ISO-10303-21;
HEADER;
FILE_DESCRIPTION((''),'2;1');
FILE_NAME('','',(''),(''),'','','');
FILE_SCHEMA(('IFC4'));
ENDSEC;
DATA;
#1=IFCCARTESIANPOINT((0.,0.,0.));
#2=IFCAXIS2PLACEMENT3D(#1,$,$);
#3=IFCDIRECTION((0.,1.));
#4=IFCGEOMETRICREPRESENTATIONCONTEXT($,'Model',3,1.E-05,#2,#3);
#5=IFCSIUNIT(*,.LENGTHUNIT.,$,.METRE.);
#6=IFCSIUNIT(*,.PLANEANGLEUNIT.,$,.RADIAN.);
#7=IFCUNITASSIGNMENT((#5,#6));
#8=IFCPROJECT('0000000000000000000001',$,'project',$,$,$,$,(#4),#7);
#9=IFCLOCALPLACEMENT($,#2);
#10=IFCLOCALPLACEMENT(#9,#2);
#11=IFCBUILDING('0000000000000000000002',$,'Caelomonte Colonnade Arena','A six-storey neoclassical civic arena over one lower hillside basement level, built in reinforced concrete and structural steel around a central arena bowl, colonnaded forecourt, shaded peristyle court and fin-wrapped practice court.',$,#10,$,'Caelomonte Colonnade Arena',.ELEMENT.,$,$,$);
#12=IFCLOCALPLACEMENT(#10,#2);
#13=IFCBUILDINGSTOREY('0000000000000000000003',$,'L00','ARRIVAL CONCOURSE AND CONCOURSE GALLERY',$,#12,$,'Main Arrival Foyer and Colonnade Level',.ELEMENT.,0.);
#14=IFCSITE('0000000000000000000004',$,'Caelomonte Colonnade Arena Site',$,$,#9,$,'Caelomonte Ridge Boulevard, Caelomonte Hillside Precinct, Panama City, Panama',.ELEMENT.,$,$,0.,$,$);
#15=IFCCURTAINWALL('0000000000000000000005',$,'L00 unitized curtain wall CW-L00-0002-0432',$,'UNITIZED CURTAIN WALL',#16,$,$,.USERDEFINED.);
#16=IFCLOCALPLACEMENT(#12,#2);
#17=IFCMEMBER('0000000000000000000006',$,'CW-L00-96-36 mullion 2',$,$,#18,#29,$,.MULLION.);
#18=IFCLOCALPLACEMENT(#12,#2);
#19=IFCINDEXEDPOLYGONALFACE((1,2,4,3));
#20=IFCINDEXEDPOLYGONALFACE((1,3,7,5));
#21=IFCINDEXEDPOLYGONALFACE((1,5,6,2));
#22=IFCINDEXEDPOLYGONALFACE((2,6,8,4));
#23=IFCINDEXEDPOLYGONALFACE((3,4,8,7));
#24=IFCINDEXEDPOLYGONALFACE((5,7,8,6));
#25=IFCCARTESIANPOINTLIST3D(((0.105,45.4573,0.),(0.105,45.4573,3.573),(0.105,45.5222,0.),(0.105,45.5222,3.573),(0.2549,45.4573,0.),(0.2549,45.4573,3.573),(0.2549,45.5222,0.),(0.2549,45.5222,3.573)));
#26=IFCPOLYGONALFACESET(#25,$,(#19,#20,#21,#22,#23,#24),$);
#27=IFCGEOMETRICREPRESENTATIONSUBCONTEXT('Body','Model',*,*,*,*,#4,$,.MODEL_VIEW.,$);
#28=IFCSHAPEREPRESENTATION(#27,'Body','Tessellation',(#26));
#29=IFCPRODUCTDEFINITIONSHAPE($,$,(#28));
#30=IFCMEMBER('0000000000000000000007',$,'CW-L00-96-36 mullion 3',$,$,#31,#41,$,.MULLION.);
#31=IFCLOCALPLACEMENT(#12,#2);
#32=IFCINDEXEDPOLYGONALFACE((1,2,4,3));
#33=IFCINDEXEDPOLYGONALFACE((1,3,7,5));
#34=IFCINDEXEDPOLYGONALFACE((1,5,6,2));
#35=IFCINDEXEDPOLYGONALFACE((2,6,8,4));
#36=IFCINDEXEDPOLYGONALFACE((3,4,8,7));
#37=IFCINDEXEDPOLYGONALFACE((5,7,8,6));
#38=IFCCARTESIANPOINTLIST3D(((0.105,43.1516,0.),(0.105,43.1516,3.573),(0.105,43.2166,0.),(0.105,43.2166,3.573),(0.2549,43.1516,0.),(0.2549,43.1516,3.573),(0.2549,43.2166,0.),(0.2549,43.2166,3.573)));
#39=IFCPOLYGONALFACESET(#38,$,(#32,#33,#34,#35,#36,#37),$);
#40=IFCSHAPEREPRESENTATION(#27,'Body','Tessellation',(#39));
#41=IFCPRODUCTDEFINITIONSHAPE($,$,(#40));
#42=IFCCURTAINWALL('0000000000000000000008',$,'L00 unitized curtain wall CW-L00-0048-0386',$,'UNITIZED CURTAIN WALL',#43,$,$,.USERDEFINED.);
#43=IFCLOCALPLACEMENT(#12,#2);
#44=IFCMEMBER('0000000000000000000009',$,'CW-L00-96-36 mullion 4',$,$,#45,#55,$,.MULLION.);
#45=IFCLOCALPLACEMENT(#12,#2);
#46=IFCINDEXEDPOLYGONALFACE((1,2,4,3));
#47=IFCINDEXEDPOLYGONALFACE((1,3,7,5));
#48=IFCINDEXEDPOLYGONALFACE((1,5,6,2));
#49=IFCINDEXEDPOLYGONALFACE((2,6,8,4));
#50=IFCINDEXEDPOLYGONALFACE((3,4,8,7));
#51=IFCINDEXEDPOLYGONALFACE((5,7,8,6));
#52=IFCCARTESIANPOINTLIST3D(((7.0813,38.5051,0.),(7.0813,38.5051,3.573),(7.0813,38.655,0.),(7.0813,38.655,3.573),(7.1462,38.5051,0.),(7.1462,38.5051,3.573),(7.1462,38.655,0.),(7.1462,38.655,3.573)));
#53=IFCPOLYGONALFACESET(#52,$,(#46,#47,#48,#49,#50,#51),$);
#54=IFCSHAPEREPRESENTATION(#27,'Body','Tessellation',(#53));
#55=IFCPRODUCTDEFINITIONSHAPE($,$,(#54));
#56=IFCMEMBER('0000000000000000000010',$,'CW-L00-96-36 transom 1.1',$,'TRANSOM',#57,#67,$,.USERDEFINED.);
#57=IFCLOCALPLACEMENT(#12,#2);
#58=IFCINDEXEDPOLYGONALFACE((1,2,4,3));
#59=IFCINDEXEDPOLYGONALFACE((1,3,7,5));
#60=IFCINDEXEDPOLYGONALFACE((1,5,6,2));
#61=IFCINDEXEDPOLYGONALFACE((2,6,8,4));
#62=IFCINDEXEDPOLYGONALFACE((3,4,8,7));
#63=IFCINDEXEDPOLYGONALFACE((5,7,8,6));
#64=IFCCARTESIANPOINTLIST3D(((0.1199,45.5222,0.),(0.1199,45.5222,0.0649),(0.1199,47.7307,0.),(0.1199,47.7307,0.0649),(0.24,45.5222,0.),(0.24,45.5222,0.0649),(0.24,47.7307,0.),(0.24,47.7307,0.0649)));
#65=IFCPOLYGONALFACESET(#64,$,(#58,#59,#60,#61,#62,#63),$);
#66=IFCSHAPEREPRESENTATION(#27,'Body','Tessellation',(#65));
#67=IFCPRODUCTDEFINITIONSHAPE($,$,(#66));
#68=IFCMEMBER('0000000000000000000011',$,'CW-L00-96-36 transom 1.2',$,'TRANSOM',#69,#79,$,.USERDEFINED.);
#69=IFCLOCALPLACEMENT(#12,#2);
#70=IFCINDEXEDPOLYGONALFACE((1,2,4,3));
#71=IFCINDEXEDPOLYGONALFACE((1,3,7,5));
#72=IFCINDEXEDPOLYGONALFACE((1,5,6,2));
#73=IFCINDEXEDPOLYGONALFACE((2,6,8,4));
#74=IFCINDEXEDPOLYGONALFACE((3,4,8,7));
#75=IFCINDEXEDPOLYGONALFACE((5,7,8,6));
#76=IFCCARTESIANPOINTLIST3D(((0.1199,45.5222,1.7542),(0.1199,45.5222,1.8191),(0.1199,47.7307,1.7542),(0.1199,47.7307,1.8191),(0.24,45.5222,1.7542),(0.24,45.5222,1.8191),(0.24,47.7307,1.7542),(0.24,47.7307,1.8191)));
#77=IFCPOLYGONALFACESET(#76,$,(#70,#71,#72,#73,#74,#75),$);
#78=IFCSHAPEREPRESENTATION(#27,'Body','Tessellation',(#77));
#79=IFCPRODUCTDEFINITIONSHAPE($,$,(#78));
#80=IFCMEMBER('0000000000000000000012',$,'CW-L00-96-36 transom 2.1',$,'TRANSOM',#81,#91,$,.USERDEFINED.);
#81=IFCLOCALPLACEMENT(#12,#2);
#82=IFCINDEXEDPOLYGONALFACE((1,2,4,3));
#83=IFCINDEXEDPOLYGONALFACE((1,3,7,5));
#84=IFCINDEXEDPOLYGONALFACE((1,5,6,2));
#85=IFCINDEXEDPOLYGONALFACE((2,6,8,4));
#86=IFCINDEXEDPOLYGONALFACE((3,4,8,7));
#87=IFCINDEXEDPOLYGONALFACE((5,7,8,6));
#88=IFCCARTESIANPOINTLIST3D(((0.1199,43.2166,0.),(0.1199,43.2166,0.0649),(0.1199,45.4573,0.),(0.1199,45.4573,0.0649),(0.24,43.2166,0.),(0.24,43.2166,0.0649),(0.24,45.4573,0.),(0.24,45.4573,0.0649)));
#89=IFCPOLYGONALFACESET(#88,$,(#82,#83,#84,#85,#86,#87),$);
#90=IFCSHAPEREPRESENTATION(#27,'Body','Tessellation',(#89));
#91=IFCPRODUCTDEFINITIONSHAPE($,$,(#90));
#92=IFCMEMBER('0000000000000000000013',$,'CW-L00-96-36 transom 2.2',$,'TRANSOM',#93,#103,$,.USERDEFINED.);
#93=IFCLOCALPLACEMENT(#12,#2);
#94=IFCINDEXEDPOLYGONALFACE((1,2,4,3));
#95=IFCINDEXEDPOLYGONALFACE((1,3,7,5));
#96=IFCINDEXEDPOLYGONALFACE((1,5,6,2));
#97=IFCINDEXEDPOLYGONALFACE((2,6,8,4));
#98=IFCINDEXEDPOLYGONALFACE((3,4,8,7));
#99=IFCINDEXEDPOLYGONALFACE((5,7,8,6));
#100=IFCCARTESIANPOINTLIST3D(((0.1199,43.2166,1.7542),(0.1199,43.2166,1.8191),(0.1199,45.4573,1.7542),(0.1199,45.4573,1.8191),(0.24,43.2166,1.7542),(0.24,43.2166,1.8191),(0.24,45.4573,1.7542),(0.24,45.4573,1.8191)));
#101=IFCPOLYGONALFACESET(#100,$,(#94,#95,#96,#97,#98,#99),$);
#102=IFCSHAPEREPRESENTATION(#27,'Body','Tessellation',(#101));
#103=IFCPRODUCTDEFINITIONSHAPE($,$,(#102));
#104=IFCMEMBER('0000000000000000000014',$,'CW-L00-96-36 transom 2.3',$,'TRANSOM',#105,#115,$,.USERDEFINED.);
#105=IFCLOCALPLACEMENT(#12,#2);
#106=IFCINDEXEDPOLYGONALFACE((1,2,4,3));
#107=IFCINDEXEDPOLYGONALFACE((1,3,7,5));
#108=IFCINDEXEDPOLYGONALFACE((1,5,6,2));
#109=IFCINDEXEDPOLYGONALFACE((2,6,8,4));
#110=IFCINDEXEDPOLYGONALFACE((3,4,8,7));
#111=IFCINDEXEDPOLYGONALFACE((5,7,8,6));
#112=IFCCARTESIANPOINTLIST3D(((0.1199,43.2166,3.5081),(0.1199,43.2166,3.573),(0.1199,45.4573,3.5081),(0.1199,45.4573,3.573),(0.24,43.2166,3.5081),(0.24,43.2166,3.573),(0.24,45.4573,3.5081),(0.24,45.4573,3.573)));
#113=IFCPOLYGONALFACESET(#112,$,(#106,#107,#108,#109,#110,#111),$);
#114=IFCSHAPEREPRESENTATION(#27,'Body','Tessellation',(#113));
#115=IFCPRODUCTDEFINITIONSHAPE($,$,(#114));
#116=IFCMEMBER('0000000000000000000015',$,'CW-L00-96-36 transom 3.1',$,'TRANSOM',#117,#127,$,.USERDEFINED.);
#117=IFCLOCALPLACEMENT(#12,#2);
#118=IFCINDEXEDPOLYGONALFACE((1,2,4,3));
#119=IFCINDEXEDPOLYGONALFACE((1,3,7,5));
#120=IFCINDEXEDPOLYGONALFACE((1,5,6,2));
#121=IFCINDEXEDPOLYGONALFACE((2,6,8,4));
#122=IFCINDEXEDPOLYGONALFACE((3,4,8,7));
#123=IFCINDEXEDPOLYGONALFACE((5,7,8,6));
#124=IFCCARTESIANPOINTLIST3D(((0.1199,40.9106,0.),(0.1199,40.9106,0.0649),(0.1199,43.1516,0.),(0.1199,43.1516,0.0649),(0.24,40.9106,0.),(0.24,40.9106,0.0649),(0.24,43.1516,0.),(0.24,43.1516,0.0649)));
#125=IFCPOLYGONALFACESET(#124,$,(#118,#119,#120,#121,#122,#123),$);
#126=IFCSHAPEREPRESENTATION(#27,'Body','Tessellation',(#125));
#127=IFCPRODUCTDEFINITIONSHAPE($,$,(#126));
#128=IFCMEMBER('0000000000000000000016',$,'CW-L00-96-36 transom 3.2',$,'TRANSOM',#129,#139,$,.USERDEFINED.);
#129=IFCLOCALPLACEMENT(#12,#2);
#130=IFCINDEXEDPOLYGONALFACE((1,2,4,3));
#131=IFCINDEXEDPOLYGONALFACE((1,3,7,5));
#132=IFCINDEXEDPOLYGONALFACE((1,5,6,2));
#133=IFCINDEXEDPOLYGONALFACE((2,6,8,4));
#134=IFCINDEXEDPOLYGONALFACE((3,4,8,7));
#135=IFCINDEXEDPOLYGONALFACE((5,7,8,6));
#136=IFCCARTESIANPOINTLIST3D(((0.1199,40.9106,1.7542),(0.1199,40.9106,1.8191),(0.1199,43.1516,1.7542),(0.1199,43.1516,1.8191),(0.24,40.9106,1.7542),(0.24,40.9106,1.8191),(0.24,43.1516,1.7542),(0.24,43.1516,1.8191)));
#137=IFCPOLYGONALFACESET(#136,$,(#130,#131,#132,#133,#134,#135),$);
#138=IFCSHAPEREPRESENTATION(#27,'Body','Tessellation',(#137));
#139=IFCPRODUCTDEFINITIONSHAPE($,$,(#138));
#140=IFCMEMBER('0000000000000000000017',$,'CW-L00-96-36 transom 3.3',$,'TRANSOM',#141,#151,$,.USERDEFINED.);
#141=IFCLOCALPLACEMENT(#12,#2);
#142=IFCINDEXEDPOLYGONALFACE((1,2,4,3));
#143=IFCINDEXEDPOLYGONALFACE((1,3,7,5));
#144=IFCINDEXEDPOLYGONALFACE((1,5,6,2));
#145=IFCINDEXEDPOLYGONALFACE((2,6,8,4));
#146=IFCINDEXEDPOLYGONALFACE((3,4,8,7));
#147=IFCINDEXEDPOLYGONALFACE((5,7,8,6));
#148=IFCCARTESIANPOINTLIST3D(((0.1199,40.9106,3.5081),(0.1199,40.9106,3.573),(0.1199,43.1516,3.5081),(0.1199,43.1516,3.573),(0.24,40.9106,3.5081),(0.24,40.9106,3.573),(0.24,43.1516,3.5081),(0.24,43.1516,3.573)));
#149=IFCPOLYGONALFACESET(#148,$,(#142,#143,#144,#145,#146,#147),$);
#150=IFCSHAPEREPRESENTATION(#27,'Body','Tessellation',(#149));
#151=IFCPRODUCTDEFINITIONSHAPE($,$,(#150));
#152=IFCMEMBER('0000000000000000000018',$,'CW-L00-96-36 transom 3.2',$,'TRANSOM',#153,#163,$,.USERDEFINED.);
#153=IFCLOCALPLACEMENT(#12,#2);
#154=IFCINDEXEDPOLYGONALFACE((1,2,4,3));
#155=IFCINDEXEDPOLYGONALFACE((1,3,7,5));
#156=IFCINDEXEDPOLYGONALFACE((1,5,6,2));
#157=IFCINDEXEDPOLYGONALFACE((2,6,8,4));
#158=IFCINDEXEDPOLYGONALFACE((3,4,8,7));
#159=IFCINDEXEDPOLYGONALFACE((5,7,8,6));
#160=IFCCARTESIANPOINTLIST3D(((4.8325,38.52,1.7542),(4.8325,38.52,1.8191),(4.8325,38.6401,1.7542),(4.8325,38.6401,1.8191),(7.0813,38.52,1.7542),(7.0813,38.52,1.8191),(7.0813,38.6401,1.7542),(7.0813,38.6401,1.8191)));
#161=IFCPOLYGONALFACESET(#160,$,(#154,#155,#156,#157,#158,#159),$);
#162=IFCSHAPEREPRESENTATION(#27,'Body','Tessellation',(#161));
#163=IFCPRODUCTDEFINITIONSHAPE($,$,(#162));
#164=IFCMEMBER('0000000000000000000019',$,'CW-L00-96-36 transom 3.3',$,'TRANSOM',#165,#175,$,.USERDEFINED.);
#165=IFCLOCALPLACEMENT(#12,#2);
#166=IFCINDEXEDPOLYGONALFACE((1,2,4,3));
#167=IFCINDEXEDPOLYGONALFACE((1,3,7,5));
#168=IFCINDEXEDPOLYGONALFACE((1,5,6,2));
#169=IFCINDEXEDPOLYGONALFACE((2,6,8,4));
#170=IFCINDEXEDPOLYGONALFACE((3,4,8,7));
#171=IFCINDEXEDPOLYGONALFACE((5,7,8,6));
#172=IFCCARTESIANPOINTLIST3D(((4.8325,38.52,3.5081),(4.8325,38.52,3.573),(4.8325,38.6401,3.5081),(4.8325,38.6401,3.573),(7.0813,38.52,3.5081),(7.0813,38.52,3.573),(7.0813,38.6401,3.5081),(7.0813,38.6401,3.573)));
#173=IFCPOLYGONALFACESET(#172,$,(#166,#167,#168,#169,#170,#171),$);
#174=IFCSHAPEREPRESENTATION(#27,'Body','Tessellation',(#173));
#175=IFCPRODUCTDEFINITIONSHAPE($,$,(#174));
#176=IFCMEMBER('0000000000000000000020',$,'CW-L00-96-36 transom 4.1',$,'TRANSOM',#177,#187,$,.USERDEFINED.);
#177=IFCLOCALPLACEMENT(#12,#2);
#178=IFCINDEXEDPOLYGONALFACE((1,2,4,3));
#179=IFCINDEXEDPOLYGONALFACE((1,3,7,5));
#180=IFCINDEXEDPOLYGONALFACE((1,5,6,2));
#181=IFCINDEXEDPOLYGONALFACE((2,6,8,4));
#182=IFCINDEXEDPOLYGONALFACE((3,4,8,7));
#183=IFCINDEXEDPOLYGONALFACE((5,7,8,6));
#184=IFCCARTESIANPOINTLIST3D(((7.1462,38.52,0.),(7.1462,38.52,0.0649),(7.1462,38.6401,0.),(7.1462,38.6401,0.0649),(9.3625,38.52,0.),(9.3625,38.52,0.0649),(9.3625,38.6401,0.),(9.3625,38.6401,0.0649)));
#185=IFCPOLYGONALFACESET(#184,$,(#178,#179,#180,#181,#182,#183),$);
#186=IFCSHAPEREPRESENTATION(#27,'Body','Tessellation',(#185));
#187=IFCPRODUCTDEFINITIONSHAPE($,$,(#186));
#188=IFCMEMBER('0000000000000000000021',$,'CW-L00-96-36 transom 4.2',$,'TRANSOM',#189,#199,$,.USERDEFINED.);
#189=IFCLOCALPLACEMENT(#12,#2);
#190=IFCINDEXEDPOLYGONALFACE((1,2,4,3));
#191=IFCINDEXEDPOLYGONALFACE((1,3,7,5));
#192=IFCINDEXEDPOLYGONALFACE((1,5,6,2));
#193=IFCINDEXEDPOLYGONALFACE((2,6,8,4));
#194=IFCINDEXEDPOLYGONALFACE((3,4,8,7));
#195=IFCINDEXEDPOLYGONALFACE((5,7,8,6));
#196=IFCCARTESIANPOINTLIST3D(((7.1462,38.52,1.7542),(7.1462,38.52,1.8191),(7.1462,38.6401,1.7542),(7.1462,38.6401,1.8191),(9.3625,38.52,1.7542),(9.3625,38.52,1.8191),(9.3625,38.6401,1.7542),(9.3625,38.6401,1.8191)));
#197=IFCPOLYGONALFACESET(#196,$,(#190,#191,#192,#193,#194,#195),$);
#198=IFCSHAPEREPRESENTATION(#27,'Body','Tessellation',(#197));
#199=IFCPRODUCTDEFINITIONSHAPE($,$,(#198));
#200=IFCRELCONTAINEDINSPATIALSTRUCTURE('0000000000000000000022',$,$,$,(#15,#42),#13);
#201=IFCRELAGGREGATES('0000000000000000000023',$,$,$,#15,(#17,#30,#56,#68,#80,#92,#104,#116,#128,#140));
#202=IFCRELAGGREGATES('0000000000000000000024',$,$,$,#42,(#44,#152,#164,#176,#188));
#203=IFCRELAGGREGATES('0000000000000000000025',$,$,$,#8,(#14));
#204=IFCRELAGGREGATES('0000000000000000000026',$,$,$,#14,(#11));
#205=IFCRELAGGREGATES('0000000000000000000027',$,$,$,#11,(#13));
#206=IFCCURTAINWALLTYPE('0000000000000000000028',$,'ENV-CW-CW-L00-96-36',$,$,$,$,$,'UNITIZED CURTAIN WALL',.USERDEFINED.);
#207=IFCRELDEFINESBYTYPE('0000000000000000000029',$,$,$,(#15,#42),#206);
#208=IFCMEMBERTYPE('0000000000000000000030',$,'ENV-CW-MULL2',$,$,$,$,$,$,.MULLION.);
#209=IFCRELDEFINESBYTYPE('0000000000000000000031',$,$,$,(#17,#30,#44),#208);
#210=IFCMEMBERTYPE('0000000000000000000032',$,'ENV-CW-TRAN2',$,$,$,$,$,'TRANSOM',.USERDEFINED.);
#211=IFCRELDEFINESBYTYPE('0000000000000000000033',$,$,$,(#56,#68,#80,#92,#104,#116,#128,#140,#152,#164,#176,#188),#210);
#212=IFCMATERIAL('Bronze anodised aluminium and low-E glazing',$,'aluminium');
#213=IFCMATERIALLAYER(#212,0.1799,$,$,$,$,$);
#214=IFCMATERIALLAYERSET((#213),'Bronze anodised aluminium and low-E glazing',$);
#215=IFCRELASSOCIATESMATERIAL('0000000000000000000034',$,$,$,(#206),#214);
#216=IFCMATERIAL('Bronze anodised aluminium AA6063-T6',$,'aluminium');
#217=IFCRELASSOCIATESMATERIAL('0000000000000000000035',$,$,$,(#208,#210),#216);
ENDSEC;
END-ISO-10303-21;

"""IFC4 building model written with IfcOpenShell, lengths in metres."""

from ifc_helpers import new_model, si_unit, direction, frame, origin, origin_2d, place, context, subcontext, project, spatial, rectangle, extrude, material, layer, layer_set, material_profile, profile_set, type_object, element, aggregate, save


model = new_model("IFC4")

# Units and contexts
model_context = context("Model", 3, precision=1e-05, world=origin(), true_north=direction((0.0, 1.0)))
body_context = subcontext(model_context, "Body", "Model", "MODEL_VIEW")
ifc_project = project(units=[si_unit("LENGTHUNIT", "METRE"), si_unit("PLANEANGLEUNIT", "RADIAN")], contexts=[model_context])

# Site, building, storey
site_placement = place(None, origin())
site = spatial("IfcSite", under=ifc_project, at=site_placement, Name="Caelomonte Colonnade Arena Site", LongName="Caelomonte Ridge Boulevard, Caelomonte Hillside Precinct, Panama City, Panama", CompositionType="ELEMENT", RefElevation=0.0)
building_placement = place(site_placement, origin())
building = spatial("IfcBuilding", under=site, at=building_placement, Name="Caelomonte Colonnade Arena", Description="A six-storey neoclassical civic arena over one lower hillside basement level, built in reinforced concrete and structural steel around a central arena bowl, colonnaded forecourt, shaded peristyle court and fin-wrapped practice court.", LongName="Caelomonte Colonnade Arena", CompositionType="ELEMENT")
storey_placement = place(building_placement, origin())
storey = spatial("IfcBuildingStorey", under=building, at=storey_placement, Name="L00", Description="ARRIVAL CONCOURSE AND CONCOURSE GALLERY", LongName="Main Arrival Foyer and Colonnade Level", CompositionType="ELEMENT", Elevation=0.0)

# Curtain wall, members
ifc_material_1 = material(Name="Bronze anodised aluminium and low-E glazing", Category="aluminium")
ifc_layer_1 = layer(ifc_material_1, 0.1799)
ifc_layer_set_1 = layer_set([ifc_layer_1], Name="Bronze anodised aluminium and low-E glazing")
curtain_wall_type = type_object("IfcCurtainWallType", Name="ENV-CW-CW-L00-96-36", ElementType="UNITIZED CURTAIN WALL", PredefinedType="USERDEFINED", material=ifc_layer_set_1)
curtain_wall_1_placement = place(storey_placement, origin())
curtain_wall_1 = element("IfcCurtainWall", 1, at=curtain_wall_1_placement, inside=storey, type_object=curtain_wall_type, Name="L00 unitized curtain wall CW-L00-0002-0432", ObjectType="UNITIZED CURTAIN WALL", PredefinedType="USERDEFINED")
ifc_material_2 = material(Name="Bronze anodised aluminium AA6063-T6", Category="aluminium")
ifc_material_profile_1 = material_profile(ifc_material_2, rectangle(XDim=0.0649, YDim=0.1499, at=origin_2d()), Name="CWM-65X150")
ifc_profile_set_1 = profile_set([ifc_material_profile_1], Name="Bronze anodised aluminium AA6063-T6")
member_type_1 = type_object("IfcMemberType", Name="ENV-CW-MULL2", PredefinedType="MULLION", material=ifc_profile_set_1)
member_1_placement = place(storey_placement, frame((0.1799, 45.4897, 0.0), z_axis=(0.0, 0.0, 1.0), x_axis=(0.0, -1.0, 0.0)))
member_1 = element("IfcMember", 2, at=member_1_placement, type_object=member_type_1, Name="CW-L00-96-36 mullion 2", PredefinedType="MULLION", context=body_context, shape_type="SweptSolid", body=[
    extrude(rectangle(XDim=0.0649, YDim=0.1499, at=origin_2d()), origin(), (0.0, 0.0, 1.0), 3.573),
])
member_2_placement = place(storey_placement, frame((0.1799, 43.1841, 0.0), z_axis=(0.0, 0.0, 1.0), x_axis=(0.0, -1.0, 0.0)))
member_2 = element("IfcMember", 3, at=member_2_placement, type_object=member_type_1, Name="CW-L00-96-36 mullion 3", PredefinedType="MULLION", context=body_context, shape_type="SweptSolid", body=[
    extrude(rectangle(XDim=0.0649, YDim=0.1499, at=origin_2d()), origin(), (0.0, 0.0, 1.0), 3.573),
])

# Curtain wall, member
curtain_wall_2_placement = place(storey_placement, origin())
curtain_wall_2 = element("IfcCurtainWall", 4, at=curtain_wall_2_placement, inside=storey, type_object=curtain_wall_type, Name="L00 unitized curtain wall CW-L00-0048-0386", ObjectType="UNITIZED CURTAIN WALL", PredefinedType="USERDEFINED")
member_3_placement = place(storey_placement, frame((7.1138, 38.5801, 0.0), z_axis=(0.0, 0.0, 1.0), x_axis=(1.0, 0.0, 0.0)))
member_3 = element("IfcMember", 5, at=member_3_placement, type_object=member_type_1, Name="CW-L00-96-36 mullion 4", PredefinedType="MULLION", context=body_context, shape_type="SweptSolid", body=[
    extrude(rectangle(XDim=0.0649, YDim=0.1499, at=origin_2d()), origin(), (0.0, 0.0, 1.0), 3.573),
])

# Members
ifc_material_profile_2 = material_profile(ifc_material_2, rectangle(XDim=0.0649, YDim=0.1201, at=origin_2d()), Name="CWT-65X120")
ifc_profile_set_2 = profile_set([ifc_material_profile_2], Name="Bronze anodised aluminium AA6063-T6")
member_type_2 = type_object("IfcMemberType", Name="ENV-CW-TRAN2", ElementType="TRANSOM", PredefinedType="USERDEFINED", material=ifc_profile_set_2)
member_4_placement = place(storey_placement, frame((0.1799, 47.7307, 0.0325), z_axis=(0.0, -1.0, 0.0), x_axis=(0.0, 0.0, 1.0)))
member_4 = element("IfcMember", 6, at=member_4_placement, type_object=member_type_2, Name="CW-L00-96-36 transom 1.1", ObjectType="TRANSOM", PredefinedType="USERDEFINED", context=body_context, shape_type="SweptSolid", body=[
    extrude(rectangle(XDim=0.0649, YDim=0.1201, at=origin_2d()), origin(), (0.0, 0.0, 1.0), 2.2085),
])
member_5_placement = place(storey_placement, frame((0.1799, 47.7307, 1.7866), z_axis=(0.0, -1.0, 0.0), x_axis=(0.0, 0.0, 1.0)))
member_5 = element("IfcMember", 7, at=member_5_placement, type_object=member_type_2, Name="CW-L00-96-36 transom 1.2", ObjectType="TRANSOM", PredefinedType="USERDEFINED", context=body_context, shape_type="SweptSolid", body=[
    extrude(rectangle(XDim=0.0649, YDim=0.1201, at=origin_2d()), origin(), (0.0, 0.0, 1.0), 2.2085),
])
member_6_placement = place(storey_placement, frame((0.1799, 45.4573, 0.0325), z_axis=(0.0, -1.0, 0.0), x_axis=(0.0, 0.0, 1.0)))
member_6 = element("IfcMember", 8, at=member_6_placement, type_object=member_type_2, Name="CW-L00-96-36 transom 2.1", ObjectType="TRANSOM", PredefinedType="USERDEFINED", context=body_context, shape_type="SweptSolid", body=[
    extrude(rectangle(XDim=0.0649, YDim=0.1201, at=origin_2d()), origin(), (0.0, 0.0, 1.0), 2.2407),
])
member_7_placement = place(storey_placement, frame((0.1799, 45.4573, 1.7866), z_axis=(0.0, -1.0, 0.0), x_axis=(0.0, 0.0, 1.0)))
member_7 = element("IfcMember", 9, at=member_7_placement, type_object=member_type_2, Name="CW-L00-96-36 transom 2.2", ObjectType="TRANSOM", PredefinedType="USERDEFINED", context=body_context, shape_type="SweptSolid", body=[
    extrude(rectangle(XDim=0.0649, YDim=0.1201, at=origin_2d()), origin(), (0.0, 0.0, 1.0), 2.2407),
])
member_8_placement = place(storey_placement, frame((0.1799, 45.4573, 3.5405), z_axis=(0.0, -1.0, 0.0), x_axis=(0.0, 0.0, 1.0)))
member_8 = element("IfcMember", 10, at=member_8_placement, type_object=member_type_2, Name="CW-L00-96-36 transom 2.3", ObjectType="TRANSOM", PredefinedType="USERDEFINED", context=body_context, shape_type="SweptSolid", body=[
    extrude(rectangle(XDim=0.0649, YDim=0.1201, at=origin_2d()), origin(), (0.0, 0.0, 1.0), 2.2407),
])
member_9_placement = place(storey_placement, frame((0.1799, 43.1516, 0.0325), z_axis=(0.0, -1.0, 0.0), x_axis=(0.0, 0.0, 1.0)))
member_9 = element("IfcMember", 11, at=member_9_placement, type_object=member_type_2, Name="CW-L00-96-36 transom 3.1", ObjectType="TRANSOM", PredefinedType="USERDEFINED", context=body_context, shape_type="SweptSolid", body=[
    extrude(rectangle(XDim=0.0649, YDim=0.1201, at=origin_2d()), origin(), (0.0, 0.0, 1.0), 2.241),
])
member_10_placement = place(storey_placement, frame((0.1799, 43.1516, 1.7866), z_axis=(0.0, -1.0, 0.0), x_axis=(0.0, 0.0, 1.0)))
member_10 = element("IfcMember", 12, at=member_10_placement, type_object=member_type_2, Name="CW-L00-96-36 transom 3.2", ObjectType="TRANSOM", PredefinedType="USERDEFINED", context=body_context, shape_type="SweptSolid", body=[
    extrude(rectangle(XDim=0.0649, YDim=0.1201, at=origin_2d()), origin(), (0.0, 0.0, 1.0), 2.241),
])
member_11_placement = place(storey_placement, frame((0.1799, 43.1516, 3.5405), z_axis=(0.0, -1.0, 0.0), x_axis=(0.0, 0.0, 1.0)))
member_11 = element("IfcMember", 13, at=member_11_placement, type_object=member_type_2, Name="CW-L00-96-36 transom 3.3", ObjectType="TRANSOM", PredefinedType="USERDEFINED", context=body_context, shape_type="SweptSolid", body=[
    extrude(rectangle(XDim=0.0649, YDim=0.1201, at=origin_2d()), origin(), (0.0, 0.0, 1.0), 2.241),
])
member_12_placement = place(storey_placement, frame((4.8325, 38.5801, 1.7866), z_axis=(1.0, 0.0, 0.0), x_axis=(0.0, 0.0, 1.0)))
member_12 = element("IfcMember", 14, at=member_12_placement, type_object=member_type_2, Name="CW-L00-96-36 transom 3.2", ObjectType="TRANSOM", PredefinedType="USERDEFINED", context=body_context, shape_type="SweptSolid", body=[
    extrude(rectangle(XDim=0.0649, YDim=0.1201, at=origin_2d()), origin(), (0.0, 0.0, 1.0), 2.2488),
])
member_13_placement = place(storey_placement, frame((4.8325, 38.5801, 3.5405), z_axis=(1.0, 0.0, 0.0), x_axis=(0.0, 0.0, 1.0)))
member_13 = element("IfcMember", 15, at=member_13_placement, type_object=member_type_2, Name="CW-L00-96-36 transom 3.3", ObjectType="TRANSOM", PredefinedType="USERDEFINED", context=body_context, shape_type="SweptSolid", body=[
    extrude(rectangle(XDim=0.0649, YDim=0.1201, at=origin_2d()), origin(), (0.0, 0.0, 1.0), 2.2488),
])
member_14_placement = place(storey_placement, frame((7.1462, 38.5801, 0.0325), z_axis=(1.0, 0.0, 0.0), x_axis=(0.0, 0.0, 1.0)))
member_14 = element("IfcMember", 16, at=member_14_placement, type_object=member_type_2, Name="CW-L00-96-36 transom 4.1", ObjectType="TRANSOM", PredefinedType="USERDEFINED", context=body_context, shape_type="SweptSolid", body=[
    extrude(rectangle(XDim=0.0649, YDim=0.1201, at=origin_2d()), origin(), (0.0, 0.0, 1.0), 2.2163),
])
member_15_placement = place(storey_placement, frame((7.1462, 38.5801, 1.7866), z_axis=(1.0, 0.0, 0.0), x_axis=(0.0, 0.0, 1.0)))
member_15 = element("IfcMember", 17, at=member_15_placement, type_object=member_type_2, Name="CW-L00-96-36 transom 4.2", ObjectType="TRANSOM", PredefinedType="USERDEFINED", context=body_context, shape_type="SweptSolid", body=[
    extrude(rectangle(XDim=0.0649, YDim=0.1201, at=origin_2d()), origin(), (0.0, 0.0, 1.0), 2.2163),
])

aggregate(curtain_wall_1, [member_1, member_2, member_4, member_5, member_6, member_7, member_8, member_9, member_10, member_11])
aggregate(curtain_wall_2, [member_3, member_12, member_13, member_14, member_15])

save(model, "model.ifc")
